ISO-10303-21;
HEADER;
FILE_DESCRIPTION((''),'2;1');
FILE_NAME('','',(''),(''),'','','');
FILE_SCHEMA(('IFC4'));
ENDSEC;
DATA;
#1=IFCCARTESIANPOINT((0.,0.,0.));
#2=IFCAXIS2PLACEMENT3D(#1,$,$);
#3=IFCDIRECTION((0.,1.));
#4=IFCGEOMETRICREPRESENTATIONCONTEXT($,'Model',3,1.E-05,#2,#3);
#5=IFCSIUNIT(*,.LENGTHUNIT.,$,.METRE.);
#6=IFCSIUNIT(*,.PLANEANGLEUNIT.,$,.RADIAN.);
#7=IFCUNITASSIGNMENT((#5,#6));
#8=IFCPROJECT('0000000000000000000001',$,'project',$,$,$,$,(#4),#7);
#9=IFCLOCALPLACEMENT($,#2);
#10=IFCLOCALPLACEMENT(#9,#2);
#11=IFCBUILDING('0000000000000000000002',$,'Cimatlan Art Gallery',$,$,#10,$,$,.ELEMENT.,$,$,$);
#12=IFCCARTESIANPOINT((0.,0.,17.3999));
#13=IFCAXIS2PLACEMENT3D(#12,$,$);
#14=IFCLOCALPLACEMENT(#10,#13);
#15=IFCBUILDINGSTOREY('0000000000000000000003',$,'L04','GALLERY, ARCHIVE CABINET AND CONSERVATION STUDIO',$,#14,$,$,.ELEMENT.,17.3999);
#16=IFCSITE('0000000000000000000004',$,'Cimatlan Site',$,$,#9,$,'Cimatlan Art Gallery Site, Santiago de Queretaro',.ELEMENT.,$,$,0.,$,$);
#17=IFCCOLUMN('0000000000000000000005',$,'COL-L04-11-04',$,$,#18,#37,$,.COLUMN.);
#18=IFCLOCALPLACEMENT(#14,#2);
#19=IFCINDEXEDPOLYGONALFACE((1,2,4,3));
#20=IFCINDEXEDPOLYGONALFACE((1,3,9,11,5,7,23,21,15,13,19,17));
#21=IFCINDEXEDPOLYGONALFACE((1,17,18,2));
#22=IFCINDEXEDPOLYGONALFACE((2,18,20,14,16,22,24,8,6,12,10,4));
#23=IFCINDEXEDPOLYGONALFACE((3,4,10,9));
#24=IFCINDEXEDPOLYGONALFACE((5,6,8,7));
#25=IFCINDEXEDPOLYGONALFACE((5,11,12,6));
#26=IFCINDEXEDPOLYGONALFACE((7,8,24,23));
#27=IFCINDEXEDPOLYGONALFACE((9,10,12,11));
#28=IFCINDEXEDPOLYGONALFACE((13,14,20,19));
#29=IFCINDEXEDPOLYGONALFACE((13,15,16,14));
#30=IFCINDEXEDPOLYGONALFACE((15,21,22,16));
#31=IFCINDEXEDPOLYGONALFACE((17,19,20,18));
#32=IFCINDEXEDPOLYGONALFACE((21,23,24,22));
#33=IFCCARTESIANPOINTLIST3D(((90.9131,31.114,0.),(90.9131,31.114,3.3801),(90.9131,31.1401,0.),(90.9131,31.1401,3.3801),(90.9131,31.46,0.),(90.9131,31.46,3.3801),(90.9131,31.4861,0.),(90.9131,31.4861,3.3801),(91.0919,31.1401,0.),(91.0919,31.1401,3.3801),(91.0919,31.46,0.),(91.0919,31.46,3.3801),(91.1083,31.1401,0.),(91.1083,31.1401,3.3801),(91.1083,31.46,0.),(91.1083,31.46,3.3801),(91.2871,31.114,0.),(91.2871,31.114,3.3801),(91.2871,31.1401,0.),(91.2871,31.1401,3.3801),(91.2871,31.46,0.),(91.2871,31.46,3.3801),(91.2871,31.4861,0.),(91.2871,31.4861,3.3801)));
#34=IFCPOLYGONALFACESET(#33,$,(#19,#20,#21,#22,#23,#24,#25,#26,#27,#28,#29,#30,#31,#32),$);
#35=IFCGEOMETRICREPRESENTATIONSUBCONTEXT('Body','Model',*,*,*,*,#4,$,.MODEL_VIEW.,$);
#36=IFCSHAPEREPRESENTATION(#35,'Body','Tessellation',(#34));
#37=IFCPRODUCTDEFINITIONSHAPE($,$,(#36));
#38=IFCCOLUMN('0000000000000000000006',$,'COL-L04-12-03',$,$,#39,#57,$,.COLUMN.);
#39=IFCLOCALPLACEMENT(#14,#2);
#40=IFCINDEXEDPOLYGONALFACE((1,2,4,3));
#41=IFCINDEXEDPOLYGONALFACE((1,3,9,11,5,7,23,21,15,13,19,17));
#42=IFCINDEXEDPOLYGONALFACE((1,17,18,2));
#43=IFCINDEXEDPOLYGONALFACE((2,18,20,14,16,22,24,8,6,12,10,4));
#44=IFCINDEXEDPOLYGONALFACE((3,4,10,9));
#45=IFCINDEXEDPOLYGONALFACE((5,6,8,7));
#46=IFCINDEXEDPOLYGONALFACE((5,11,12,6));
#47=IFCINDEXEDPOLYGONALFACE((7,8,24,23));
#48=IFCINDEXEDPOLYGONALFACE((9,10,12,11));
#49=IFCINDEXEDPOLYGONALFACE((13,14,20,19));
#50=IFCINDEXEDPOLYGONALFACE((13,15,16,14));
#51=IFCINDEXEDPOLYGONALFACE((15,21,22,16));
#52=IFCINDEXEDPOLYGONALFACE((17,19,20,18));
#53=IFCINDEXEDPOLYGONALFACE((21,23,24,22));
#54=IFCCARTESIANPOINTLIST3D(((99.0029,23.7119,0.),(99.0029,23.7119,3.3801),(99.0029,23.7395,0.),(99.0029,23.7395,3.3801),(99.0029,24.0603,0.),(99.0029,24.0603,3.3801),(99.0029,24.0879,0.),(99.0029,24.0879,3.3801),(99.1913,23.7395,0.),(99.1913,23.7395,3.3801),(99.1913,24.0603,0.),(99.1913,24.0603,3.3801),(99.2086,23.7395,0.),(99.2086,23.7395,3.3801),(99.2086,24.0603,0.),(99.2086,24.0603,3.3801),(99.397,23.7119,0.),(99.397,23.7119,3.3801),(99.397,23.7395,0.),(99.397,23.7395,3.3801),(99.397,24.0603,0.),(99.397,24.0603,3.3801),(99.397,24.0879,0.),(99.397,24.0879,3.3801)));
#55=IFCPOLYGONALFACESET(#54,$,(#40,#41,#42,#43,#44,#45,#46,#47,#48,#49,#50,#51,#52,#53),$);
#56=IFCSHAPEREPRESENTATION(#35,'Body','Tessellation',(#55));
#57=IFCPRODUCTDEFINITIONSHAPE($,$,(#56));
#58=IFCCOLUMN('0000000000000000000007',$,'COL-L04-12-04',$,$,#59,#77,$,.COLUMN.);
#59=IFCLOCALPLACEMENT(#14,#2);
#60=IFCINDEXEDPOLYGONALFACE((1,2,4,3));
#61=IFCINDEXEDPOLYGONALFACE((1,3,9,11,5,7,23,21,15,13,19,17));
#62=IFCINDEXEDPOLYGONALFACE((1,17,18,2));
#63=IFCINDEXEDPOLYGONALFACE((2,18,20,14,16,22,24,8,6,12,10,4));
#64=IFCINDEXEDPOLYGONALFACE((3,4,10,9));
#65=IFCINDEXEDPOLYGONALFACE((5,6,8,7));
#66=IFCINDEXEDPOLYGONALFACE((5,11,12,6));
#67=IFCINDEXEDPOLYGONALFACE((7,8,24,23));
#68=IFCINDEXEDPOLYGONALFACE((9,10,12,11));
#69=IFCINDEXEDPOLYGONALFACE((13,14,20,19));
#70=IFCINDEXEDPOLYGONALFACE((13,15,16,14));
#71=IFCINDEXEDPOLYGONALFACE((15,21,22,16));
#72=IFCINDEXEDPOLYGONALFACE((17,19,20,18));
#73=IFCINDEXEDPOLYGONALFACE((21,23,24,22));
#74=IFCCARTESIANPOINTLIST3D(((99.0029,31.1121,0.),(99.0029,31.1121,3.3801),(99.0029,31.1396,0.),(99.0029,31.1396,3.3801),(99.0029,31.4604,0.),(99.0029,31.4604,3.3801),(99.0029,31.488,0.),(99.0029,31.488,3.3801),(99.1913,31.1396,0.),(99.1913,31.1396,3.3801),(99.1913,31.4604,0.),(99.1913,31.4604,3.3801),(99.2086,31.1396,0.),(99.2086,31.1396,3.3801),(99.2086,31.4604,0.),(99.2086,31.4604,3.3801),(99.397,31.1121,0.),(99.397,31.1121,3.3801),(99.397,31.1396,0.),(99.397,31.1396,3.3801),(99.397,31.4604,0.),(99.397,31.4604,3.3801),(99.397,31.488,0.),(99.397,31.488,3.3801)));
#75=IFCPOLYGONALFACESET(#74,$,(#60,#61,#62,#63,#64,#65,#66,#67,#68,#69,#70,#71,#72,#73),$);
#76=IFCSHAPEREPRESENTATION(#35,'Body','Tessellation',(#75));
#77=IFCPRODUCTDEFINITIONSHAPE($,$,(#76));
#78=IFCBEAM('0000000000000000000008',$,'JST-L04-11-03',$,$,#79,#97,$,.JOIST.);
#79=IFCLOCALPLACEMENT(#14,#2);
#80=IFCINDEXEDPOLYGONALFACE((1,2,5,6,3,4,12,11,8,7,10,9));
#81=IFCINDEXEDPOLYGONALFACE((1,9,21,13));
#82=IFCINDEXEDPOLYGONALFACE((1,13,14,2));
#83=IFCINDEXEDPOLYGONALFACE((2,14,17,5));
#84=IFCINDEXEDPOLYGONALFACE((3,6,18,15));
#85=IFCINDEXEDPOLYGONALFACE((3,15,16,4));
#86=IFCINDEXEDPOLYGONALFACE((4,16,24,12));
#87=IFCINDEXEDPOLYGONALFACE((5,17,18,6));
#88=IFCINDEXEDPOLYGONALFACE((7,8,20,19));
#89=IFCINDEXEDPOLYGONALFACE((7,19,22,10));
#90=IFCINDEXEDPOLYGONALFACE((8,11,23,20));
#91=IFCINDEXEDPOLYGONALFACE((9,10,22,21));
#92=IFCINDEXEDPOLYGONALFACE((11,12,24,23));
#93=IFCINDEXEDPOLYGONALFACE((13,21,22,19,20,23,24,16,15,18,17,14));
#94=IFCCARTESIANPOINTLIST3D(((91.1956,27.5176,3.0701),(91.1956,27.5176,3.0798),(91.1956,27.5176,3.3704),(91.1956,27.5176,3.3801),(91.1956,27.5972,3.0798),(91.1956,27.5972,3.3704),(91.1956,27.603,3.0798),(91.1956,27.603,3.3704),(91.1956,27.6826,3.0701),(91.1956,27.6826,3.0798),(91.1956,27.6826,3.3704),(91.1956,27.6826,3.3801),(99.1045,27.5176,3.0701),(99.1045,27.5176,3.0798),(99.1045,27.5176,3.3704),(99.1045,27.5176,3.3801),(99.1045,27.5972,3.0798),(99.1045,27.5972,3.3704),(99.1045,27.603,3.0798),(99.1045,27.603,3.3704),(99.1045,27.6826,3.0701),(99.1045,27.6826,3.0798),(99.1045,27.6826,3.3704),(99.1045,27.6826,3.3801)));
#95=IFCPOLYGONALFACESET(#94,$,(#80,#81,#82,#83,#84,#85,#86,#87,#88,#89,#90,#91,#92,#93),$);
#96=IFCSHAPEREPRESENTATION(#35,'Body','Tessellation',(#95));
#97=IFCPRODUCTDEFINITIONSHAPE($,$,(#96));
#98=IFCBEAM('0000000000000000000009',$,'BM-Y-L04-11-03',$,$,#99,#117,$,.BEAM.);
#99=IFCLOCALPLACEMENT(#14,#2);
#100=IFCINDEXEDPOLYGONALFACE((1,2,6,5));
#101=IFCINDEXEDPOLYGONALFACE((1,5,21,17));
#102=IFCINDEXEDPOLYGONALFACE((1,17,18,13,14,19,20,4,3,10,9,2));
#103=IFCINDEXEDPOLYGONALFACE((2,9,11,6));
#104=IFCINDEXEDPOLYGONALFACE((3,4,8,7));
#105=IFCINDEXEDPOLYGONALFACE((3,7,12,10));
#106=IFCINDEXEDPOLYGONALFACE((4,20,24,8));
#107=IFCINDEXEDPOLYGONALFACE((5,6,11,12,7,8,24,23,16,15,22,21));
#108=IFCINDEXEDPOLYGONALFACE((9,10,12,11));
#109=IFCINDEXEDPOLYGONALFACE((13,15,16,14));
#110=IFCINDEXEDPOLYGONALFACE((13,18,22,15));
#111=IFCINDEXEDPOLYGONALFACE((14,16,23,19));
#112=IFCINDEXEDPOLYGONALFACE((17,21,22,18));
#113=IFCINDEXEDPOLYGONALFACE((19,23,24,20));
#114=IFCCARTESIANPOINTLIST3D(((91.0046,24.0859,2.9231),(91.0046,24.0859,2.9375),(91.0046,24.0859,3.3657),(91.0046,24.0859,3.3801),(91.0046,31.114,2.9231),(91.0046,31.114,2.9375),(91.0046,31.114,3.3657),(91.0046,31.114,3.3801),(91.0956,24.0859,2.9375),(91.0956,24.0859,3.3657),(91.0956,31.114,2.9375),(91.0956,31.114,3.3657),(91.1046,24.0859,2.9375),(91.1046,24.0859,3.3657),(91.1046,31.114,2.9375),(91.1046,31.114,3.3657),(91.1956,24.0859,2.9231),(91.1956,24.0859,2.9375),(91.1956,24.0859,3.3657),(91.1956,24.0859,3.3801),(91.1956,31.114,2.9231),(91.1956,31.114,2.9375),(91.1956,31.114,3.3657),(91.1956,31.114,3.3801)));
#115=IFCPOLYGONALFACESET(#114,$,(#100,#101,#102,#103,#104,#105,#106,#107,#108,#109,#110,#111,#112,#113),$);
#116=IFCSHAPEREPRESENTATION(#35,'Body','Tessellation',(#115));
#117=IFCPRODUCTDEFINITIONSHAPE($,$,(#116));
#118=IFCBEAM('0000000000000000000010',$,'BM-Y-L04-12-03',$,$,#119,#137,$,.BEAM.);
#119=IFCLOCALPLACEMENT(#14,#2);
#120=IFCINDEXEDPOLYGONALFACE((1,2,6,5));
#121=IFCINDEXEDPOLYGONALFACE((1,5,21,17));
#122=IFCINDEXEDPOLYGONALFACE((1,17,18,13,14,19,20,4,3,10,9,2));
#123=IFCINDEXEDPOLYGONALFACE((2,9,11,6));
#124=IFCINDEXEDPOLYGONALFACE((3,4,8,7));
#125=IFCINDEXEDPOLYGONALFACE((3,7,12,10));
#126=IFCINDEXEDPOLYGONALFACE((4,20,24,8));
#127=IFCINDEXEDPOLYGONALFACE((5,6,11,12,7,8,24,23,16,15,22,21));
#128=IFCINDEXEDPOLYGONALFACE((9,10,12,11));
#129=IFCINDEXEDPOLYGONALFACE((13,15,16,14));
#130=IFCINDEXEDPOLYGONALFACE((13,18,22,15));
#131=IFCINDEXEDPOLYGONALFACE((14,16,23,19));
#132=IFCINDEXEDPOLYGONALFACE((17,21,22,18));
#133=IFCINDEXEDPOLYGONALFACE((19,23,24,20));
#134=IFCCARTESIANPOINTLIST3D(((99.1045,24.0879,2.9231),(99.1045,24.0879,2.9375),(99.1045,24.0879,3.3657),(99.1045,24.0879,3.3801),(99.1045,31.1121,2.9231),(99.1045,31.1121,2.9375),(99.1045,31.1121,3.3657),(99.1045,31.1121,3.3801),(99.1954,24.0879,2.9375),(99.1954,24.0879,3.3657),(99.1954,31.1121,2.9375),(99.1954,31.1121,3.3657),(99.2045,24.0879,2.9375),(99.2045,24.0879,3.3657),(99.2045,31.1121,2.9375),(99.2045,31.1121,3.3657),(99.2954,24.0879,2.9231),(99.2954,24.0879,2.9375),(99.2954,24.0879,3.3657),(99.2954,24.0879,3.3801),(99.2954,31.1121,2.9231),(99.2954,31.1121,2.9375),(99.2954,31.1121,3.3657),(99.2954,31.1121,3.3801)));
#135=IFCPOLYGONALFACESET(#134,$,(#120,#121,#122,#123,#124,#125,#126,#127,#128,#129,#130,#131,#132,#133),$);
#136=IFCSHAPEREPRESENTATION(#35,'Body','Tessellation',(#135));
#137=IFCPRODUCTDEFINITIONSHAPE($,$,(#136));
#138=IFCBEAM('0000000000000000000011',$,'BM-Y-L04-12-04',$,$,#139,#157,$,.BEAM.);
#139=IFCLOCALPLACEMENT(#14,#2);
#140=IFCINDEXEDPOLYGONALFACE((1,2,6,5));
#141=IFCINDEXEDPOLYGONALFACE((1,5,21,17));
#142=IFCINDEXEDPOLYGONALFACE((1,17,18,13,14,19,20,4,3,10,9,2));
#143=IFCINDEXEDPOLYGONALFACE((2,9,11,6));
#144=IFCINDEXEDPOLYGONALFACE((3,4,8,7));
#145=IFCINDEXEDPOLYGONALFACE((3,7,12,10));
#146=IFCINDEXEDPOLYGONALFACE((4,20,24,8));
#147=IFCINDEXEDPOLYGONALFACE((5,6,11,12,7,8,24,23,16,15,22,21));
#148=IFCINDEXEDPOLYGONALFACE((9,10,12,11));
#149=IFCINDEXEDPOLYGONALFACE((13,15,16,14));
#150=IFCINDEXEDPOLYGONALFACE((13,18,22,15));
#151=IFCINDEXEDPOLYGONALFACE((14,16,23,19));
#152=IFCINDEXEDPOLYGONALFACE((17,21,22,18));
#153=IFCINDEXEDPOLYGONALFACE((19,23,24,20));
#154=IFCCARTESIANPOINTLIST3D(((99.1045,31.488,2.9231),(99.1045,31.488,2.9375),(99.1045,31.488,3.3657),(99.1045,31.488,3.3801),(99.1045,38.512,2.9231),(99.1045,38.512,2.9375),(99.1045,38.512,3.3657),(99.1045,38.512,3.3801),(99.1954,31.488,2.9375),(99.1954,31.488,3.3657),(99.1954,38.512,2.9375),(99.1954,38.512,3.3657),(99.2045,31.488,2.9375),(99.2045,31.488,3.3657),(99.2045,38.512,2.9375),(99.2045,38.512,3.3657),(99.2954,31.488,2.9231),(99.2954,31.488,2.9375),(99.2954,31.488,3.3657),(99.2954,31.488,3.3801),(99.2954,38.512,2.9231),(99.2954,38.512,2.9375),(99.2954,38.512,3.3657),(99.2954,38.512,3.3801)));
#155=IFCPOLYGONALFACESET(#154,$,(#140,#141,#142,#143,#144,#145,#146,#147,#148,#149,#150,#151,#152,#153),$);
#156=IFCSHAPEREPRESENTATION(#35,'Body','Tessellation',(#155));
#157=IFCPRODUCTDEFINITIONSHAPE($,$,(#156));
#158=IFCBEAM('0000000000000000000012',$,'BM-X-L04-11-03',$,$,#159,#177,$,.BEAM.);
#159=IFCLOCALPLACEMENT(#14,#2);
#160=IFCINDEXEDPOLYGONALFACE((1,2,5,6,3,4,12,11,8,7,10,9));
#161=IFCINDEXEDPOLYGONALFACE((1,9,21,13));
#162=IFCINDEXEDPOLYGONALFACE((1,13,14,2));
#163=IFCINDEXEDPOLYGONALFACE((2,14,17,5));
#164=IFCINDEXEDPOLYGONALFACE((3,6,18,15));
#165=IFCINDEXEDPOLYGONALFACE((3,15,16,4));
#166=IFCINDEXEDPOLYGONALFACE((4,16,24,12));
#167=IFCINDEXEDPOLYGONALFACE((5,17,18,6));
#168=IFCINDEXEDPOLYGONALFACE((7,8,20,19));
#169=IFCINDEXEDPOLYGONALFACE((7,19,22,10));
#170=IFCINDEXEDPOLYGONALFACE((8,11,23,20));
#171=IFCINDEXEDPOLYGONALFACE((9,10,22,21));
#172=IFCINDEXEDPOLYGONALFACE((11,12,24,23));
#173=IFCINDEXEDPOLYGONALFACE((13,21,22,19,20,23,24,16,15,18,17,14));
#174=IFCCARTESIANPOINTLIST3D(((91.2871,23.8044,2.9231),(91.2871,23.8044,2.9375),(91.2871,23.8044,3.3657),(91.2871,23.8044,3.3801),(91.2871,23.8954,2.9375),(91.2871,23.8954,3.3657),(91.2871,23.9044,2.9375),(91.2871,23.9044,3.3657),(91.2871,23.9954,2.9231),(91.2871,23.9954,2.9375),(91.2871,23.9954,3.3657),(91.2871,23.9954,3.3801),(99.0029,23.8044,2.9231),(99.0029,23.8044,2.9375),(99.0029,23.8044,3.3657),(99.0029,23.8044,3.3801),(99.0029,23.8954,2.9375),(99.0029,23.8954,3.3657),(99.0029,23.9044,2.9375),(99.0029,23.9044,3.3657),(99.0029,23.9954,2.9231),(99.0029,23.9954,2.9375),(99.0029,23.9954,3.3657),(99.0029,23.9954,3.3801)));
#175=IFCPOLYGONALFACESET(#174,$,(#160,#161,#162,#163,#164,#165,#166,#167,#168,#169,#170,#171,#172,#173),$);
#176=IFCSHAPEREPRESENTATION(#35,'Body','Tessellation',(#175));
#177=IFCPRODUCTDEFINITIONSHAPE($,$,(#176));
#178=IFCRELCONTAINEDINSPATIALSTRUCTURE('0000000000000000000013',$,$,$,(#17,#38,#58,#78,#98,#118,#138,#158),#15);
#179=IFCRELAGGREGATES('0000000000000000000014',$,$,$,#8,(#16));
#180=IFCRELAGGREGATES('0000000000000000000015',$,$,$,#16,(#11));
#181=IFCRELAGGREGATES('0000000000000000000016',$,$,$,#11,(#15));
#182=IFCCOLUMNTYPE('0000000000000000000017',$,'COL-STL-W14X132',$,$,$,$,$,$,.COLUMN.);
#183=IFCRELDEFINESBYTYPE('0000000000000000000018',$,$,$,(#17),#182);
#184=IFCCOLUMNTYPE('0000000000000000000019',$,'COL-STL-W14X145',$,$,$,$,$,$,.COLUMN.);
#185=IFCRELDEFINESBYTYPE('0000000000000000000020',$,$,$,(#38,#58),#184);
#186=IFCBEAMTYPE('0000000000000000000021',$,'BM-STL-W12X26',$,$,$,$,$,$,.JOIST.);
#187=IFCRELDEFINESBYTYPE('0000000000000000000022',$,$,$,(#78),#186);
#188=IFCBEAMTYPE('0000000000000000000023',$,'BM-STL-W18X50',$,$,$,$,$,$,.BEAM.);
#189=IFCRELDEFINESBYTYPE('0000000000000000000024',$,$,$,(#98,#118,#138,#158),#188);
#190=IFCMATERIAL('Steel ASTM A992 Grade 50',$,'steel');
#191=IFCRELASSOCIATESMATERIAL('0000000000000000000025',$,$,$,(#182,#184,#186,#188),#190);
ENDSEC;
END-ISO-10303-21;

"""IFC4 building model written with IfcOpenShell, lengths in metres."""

from ifc_helpers import new_model, si_unit, direction, frame, origin, origin_2d, place, context, subcontext, project, spatial, i_section, extrude, material, material_profile, profile_set, type_object, element, save


model = new_model("IFC4")

# Units and contexts
model_context = context("Model", 3, precision=1e-05, world=origin(), true_north=direction((0.0, 1.0)))
body_context = subcontext(model_context, "Body", "Model", "MODEL_VIEW")
ifc_project = project(units=[si_unit("LENGTHUNIT", "METRE"), si_unit("PLANEANGLEUNIT", "RADIAN")], contexts=[model_context])

# Site, building, storey
site_placement = place(None, origin())
site = spatial("IfcSite", under=ifc_project, at=site_placement, Name="Cimatlan Site", LongName="Cimatlan Art Gallery Site, Santiago de Queretaro", CompositionType="ELEMENT", RefElevation=0.0)
building_placement = place(site_placement, origin())
building = spatial("IfcBuilding", under=site, at=building_placement, Name="Cimatlan Art Gallery", CompositionType="ELEMENT")
storey_placement = place(building_placement, frame((0.0, 0.0, 17.3999)))
storey = spatial("IfcBuildingStorey", under=building, at=storey_placement, Name="L04", Description="GALLERY, ARCHIVE CABINET AND CONSERVATION STUDIO", CompositionType="ELEMENT", Elevation=17.3999)

# Columns
ifc_material_1 = material(Name="Steel ASTM A992 Grade 50", Category="steel")
ifc_material_profile_1 = material_profile(ifc_material_1, i_section(OverallWidth=0.374, OverallDepth=0.3721, WebThickness=0.0164, FlangeThickness=0.0261, at=origin_2d()), Name="W14X132")
ifc_profile_set_1 = profile_set([ifc_material_profile_1], Name="Steel ASTM A992 Grade 50")
column_type_1 = type_object("IfcColumnType", Name="COL-STL-W14X132", PredefinedType="COLUMN", material=ifc_profile_set_1)
column_placement = place(storey_placement, frame((91.1001, 31.3, 0.0), z_axis=(0.0, 0.0, 1.0), x_axis=(1.0, 0.0, 0.0)))
element("IfcColumn", 1, at=column_placement, inside=storey, type_object=column_type_1, Name="COL-L04-11-04", PredefinedType="COLUMN", context=body_context, shape_type="SweptSolid", body=[
    extrude(i_section(OverallWidth=0.374, OverallDepth=0.3721, WebThickness=0.0164, FlangeThickness=0.0261, at=origin_2d()), origin(), (0.0, 0.0, 1.0), 3.3801),
])
ifc_material_profile_2 = material_profile(ifc_material_1, i_section(OverallWidth=0.394, OverallDepth=0.376, WebThickness=0.0173, FlangeThickness=0.0276, at=origin_2d()), Name="W14X145")
ifc_profile_set_2 = profile_set([ifc_material_profile_2], Name="Steel ASTM A992 Grade 50")
column_type_2 = type_object("IfcColumnType", Name="COL-STL-W14X145", PredefinedType="COLUMN", material=ifc_profile_set_2)
for number, where, z_axis, x_axis, name in (
    (2, (99.2, 23.8999, 0.0), (0.0, 0.0, 1.0), (1.0, 0.0, 0.0), "COL-L04-12-03"),
    (3, (99.2, 31.3, 0.0), (0.0, 0.0, 1.0), (1.0, 0.0, 0.0), "COL-L04-12-04"),
):
    element("IfcColumn", number, at=place(storey_placement, frame(where, z_axis=z_axis, x_axis=x_axis)), inside=storey, type_object=column_type_2, Name=name, PredefinedType="COLUMN", context=body_context, shape_type="SweptSolid", body=[
        extrude(i_section(OverallWidth=0.394, OverallDepth=0.376, WebThickness=0.0173, FlangeThickness=0.0276, at=origin_2d()), origin(), (0.0, 0.0, 1.0), 3.3801),
    ])

# Beams
ifc_material_profile_3 = material_profile(ifc_material_1, i_section(OverallWidth=0.165, OverallDepth=0.3101, WebThickness=0.0059, FlangeThickness=0.0098, at=origin_2d()), Name="W12X26")
ifc_profile_set_3 = profile_set([ifc_material_profile_3], Name="Steel ASTM A992 Grade 50")
beam_type_1 = type_object("IfcBeamType", Name="BM-STL-W12X26", PredefinedType="JOIST", material=ifc_profile_set_3)
beam_1_placement = place(storey_placement, frame((91.1956, 27.6001, 3.2251), z_axis=(1.0, 0.0, 0.0), x_axis=(0.0, 1.0, 0.0)))
element("IfcBeam", 4, at=beam_1_placement, inside=storey, type_object=beam_type_1, Name="JST-L04-11-03", PredefinedType="JOIST", context=body_context, shape_type="SweptSolid", body=[
    extrude(i_section(OverallWidth=0.165, OverallDepth=0.3101, WebThickness=0.0059, FlangeThickness=0.0098, at=origin_2d()), origin(), (0.0, 0.0, 1.0), 7.9089),
])
ifc_material_profile_4 = material_profile(ifc_material_1, i_section(OverallWidth=0.1909, OverallDepth=0.457, WebThickness=0.009, FlangeThickness=0.0144, at=origin_2d()), Name="W18X50")
ifc_profile_set_4 = profile_set([ifc_material_profile_4], Name="Steel ASTM A992 Grade 50")
beam_type_2 = type_object("IfcBeamType", Name="BM-STL-W18X50", PredefinedType="BEAM", material=ifc_profile_set_4)
beam_2_placement = place(storey_placement, frame((91.1001, 24.0859, 3.1516), z_axis=(0.0, 1.0, 0.0), x_axis=(-1.0, 0.0, 0.0)))
element("IfcBeam", 5, at=beam_2_placement, inside=storey, type_object=beam_type_2, Name="BM-Y-L04-11-03", PredefinedType="BEAM", context=body_context, shape_type="SweptSolid", body=[
    extrude(i_section(OverallWidth=0.1909, OverallDepth=0.457, WebThickness=0.009, FlangeThickness=0.0144, at=origin_2d()), origin(), (0.0, 0.0, 1.0), 7.0281),
])
beam_3_placement = place(storey_placement, frame((99.2, 24.0879, 3.1516), z_axis=(0.0, 1.0, 0.0), x_axis=(-1.0, 0.0, 0.0)))
element("IfcBeam", 6, at=beam_3_placement, inside=storey, type_object=beam_type_2, Name="BM-Y-L04-12-03", PredefinedType="BEAM", context=body_context, shape_type="SweptSolid", body=[
    extrude(i_section(OverallWidth=0.1909, OverallDepth=0.457, WebThickness=0.009, FlangeThickness=0.0144, at=origin_2d()), origin(), (0.0, 0.0, 1.0), 7.0242),
])
beam_4_placement = place(storey_placement, frame((99.2, 31.488, 3.1516), z_axis=(0.0, 1.0, 0.0), x_axis=(-1.0, 0.0, 0.0)))
element("IfcBeam", 7, at=beam_4_placement, inside=storey, type_object=beam_type_2, Name="BM-Y-L04-12-04", PredefinedType="BEAM", context=body_context, shape_type="SweptSolid", body=[
    extrude(i_section(OverallWidth=0.1909, OverallDepth=0.457, WebThickness=0.009, FlangeThickness=0.0144, at=origin_2d()), origin(), (0.0, 0.0, 1.0), 7.0239),
])
for number, where, z_axis, x_axis, name in (
    (8, (91.2871, 23.8999, 3.1516), (1.0, 0.0, 0.0), (0.0, 1.0, 0.0), "BM-X-L04-11-03"),
):
    element("IfcBeam", number, at=place(storey_placement, frame(where, z_axis=z_axis, x_axis=x_axis)), inside=storey, type_object=beam_type_2, Name=name, PredefinedType="BEAM", context=body_context, shape_type="SweptSolid", body=[
        extrude(i_section(OverallWidth=0.1909, OverallDepth=0.457, WebThickness=0.009, FlangeThickness=0.0144, at=origin_2d()), origin(), (0.0, 0.0, 1.0), 7.7158),
    ])

save(model, "model.ifc")
